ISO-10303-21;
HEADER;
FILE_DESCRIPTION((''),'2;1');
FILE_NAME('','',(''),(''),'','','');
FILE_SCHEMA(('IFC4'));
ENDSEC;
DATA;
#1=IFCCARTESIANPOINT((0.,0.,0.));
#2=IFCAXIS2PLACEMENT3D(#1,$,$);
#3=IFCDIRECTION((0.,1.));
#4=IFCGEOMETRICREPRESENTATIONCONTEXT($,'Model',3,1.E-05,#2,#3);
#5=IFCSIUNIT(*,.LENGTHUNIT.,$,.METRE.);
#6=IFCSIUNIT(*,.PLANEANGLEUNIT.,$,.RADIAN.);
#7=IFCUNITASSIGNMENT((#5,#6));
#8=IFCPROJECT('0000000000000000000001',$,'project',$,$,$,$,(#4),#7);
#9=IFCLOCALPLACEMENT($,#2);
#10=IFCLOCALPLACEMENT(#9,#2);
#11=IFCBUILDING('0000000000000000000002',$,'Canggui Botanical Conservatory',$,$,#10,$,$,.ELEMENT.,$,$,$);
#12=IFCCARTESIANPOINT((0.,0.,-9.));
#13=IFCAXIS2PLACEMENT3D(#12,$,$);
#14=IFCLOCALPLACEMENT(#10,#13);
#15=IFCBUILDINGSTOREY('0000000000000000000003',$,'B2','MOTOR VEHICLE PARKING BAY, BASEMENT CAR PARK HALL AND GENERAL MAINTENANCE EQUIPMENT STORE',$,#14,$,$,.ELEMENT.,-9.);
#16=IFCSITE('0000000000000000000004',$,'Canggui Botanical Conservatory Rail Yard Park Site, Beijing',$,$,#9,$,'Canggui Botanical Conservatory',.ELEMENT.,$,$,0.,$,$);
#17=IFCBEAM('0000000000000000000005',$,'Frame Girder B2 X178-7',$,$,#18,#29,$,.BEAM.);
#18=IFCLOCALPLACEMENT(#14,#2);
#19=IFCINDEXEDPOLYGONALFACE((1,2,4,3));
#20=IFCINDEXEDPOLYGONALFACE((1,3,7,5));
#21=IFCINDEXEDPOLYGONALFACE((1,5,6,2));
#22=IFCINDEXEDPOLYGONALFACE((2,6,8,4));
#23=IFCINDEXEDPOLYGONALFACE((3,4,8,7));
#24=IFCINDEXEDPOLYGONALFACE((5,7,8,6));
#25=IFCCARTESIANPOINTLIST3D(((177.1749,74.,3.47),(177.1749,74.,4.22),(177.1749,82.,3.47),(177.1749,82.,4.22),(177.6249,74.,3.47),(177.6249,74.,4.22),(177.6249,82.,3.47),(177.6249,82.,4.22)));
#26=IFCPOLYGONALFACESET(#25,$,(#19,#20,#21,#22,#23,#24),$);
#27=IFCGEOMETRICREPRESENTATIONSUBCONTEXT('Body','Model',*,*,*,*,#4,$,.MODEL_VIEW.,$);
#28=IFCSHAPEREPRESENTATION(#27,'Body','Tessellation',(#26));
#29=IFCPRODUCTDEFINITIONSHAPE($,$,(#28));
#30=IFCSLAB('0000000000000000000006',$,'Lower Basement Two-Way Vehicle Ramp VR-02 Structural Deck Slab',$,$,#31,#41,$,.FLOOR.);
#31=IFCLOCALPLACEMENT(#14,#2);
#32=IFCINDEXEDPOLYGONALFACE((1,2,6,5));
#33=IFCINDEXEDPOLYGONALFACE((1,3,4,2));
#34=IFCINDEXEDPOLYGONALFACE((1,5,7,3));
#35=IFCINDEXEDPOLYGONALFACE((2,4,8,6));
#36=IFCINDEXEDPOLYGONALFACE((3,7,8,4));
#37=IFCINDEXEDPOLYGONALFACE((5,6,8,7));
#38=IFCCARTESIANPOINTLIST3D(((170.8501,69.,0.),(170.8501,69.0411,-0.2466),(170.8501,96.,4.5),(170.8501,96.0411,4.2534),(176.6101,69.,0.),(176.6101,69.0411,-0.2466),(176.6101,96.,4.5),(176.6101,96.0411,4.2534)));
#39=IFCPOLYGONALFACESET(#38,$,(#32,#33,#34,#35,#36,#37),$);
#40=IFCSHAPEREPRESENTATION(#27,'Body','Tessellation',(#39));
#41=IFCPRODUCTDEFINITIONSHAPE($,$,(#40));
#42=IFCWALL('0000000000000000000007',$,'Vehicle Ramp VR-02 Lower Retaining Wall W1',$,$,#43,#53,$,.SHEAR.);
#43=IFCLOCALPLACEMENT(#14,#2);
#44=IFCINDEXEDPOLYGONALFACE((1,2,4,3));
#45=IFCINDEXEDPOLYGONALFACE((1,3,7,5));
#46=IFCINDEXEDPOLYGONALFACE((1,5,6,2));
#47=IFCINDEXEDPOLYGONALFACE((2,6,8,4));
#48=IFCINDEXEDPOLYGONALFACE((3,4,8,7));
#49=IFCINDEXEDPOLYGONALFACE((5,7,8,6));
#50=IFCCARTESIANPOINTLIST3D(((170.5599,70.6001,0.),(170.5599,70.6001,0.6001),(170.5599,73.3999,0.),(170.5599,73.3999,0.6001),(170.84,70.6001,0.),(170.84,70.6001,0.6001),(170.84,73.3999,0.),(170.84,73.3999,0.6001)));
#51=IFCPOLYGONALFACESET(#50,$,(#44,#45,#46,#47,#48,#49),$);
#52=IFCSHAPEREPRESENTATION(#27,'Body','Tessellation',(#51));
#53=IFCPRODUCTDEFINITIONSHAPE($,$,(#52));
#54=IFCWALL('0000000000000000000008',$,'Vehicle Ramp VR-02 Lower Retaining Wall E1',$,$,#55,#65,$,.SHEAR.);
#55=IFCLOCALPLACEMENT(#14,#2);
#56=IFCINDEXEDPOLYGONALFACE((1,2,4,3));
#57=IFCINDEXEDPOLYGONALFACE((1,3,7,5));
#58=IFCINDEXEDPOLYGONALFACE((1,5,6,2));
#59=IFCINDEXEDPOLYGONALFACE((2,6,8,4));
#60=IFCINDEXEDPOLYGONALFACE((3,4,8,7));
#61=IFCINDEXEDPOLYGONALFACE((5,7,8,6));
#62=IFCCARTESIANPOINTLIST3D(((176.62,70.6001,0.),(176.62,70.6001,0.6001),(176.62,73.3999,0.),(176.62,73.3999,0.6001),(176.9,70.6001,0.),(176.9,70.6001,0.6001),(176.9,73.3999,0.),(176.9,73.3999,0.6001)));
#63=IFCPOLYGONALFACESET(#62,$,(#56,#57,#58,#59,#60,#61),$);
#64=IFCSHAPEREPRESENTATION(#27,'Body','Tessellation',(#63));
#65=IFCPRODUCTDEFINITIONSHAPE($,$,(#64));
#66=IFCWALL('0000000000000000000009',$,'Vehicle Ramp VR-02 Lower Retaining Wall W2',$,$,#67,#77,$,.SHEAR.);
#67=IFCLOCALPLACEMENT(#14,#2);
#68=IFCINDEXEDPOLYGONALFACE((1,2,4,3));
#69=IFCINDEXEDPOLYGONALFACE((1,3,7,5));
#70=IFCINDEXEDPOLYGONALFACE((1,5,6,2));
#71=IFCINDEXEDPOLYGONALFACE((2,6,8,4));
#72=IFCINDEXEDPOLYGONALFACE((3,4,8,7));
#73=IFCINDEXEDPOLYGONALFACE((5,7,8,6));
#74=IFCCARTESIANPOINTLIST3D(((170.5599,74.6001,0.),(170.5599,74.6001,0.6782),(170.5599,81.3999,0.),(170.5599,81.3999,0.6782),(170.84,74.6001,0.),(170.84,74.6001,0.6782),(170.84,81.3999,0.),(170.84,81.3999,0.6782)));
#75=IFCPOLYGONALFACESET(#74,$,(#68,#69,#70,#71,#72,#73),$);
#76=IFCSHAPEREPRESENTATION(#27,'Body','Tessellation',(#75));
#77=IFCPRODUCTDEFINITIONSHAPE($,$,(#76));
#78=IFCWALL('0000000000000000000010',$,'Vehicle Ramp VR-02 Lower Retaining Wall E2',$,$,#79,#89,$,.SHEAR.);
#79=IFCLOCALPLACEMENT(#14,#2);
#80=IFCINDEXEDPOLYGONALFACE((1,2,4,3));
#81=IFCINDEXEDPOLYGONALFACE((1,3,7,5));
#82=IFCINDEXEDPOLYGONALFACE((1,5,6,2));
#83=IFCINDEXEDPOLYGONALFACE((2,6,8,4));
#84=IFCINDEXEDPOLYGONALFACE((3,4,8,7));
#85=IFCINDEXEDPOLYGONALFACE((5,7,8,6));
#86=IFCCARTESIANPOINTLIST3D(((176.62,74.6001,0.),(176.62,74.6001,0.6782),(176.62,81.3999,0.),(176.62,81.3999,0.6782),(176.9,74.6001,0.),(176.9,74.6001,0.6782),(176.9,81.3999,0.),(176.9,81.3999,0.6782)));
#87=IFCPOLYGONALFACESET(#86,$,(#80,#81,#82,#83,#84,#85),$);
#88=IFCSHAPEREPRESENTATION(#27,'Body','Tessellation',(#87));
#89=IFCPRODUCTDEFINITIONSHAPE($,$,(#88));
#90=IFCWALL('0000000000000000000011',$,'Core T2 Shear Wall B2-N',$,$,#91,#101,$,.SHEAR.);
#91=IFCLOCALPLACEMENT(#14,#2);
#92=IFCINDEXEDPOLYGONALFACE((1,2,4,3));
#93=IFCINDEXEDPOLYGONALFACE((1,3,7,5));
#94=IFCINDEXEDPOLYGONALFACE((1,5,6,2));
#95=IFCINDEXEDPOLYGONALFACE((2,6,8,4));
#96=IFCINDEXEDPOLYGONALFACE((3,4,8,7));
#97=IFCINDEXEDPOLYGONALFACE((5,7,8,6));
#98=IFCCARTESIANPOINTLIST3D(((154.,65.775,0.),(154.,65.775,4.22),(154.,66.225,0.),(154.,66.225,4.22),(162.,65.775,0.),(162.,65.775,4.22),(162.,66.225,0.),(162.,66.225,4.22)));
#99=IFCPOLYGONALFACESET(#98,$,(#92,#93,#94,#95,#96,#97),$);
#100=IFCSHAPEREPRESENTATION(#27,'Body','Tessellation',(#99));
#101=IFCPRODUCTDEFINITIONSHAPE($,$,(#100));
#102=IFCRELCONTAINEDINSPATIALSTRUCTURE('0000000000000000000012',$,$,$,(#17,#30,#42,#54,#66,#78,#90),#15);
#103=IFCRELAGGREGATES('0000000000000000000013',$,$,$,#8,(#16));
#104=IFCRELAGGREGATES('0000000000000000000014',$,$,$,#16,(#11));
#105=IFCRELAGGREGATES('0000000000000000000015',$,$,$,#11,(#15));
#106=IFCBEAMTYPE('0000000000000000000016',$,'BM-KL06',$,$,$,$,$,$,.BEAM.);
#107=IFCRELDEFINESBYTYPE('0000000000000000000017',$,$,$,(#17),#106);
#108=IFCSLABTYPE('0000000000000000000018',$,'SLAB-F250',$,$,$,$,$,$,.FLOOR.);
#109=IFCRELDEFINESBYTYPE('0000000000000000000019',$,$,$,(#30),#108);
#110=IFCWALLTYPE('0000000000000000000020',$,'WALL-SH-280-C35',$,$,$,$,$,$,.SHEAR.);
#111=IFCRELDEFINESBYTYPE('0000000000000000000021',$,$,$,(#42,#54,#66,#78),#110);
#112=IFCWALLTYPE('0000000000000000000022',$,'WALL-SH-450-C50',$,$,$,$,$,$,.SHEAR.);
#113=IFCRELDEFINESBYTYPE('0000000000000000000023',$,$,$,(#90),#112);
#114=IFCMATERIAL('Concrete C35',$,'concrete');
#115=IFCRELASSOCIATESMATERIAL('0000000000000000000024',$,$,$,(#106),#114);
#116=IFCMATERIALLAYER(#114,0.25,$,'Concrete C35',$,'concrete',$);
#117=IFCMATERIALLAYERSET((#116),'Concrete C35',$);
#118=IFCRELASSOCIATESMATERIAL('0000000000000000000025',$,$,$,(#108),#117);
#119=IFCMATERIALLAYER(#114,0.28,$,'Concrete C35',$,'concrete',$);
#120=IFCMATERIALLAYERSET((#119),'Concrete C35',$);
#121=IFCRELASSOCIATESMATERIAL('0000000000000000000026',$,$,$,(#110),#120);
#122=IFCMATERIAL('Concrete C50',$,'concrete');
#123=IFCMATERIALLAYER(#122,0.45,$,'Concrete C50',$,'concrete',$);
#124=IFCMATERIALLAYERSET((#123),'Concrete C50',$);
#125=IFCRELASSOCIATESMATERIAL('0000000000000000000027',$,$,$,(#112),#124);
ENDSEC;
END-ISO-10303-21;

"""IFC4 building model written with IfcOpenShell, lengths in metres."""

from ifc_helpers import new_model, si_unit, direction, frame, frame_2d, origin, origin_2d, place, context, subcontext, project, spatial, polyline, rectangle, outline, extrude, material, layer, layer_set, material_profile, profile_set, type_object, element, save


model = new_model("IFC4")

# Units and contexts
model_context = context("Model", 3, precision=1e-05, world=origin(), true_north=direction((0.0, 1.0)))
body_context = subcontext(model_context, "Body", "Model", "MODEL_VIEW")
ifc_project = project(units=[si_unit("LENGTHUNIT", "METRE"), si_unit("PLANEANGLEUNIT", "RADIAN")], contexts=[model_context])

# Site, building, storey
site_placement = place(None, origin())
site = spatial("IfcSite", under=ifc_project, at=site_placement, Name="Canggui Botanical Conservatory Rail Yard Park Site, Beijing", LongName="Canggui Botanical Conservatory", CompositionType="ELEMENT", RefElevation=0.0)
building_placement = place(site_placement, origin())
building = spatial("IfcBuilding", under=site, at=building_placement, Name="Canggui Botanical Conservatory", CompositionType="ELEMENT")
storey_placement = place(building_placement, frame((0.0, 0.0, -9.0)))
storey = spatial("IfcBuildingStorey", under=building, at=storey_placement, Name="B2", Description="MOTOR VEHICLE PARKING BAY, BASEMENT CAR PARK HALL AND GENERAL MAINTENANCE EQUIPMENT STORE", CompositionType="ELEMENT", Elevation=-9.0)

# Shared definitions
ifc_material_1 = material(Name="Concrete C35", Category="concrete")

# Shared definitions
ifc_material_2 = material(Name="Concrete C50", Category="concrete")

# Beam
ifc_material_profile_1 = material_profile(ifc_material_1, rectangle(XDim=0.45, YDim=0.75, at=origin_2d()), Name="RB 450x750")
ifc_profile_set_1 = profile_set([ifc_material_profile_1], Name="Concrete C35")
beam_type_1 = type_object("IfcBeamType", Name="BM-KL06", PredefinedType="BEAM", material=ifc_profile_set_1)
for number, where, z_axis, x_axis, name in (
    (1, (177.3999, 74.0, 3.845), (0.0, 1.0, 0.0), (-1.0, 0.0, 0.0), "Frame Girder B2 X178-7"),
):
    element("IfcBeam", number, at=place(storey_placement, frame(where, z_axis=z_axis, x_axis=x_axis)), inside=storey, type_object=beam_type_1, Name=name, PredefinedType="BEAM", context=body_context, shape_type="SweptSolid", body=[
        extrude(rectangle(XDim=0.45, YDim=0.75, at=origin_2d()), origin(), (0.0, 0.0, 1.0), 8.0),
    ])

# Slab
ifc_layer_1 = layer(ifc_material_1, 0.25, Name="Concrete C35", Category="concrete")
ifc_layer_set_1 = layer_set([ifc_layer_1], Name="Concrete C35")
slab_type = type_object("IfcSlabType", Name="SLAB-F250", PredefinedType="FLOOR", material=ifc_layer_set_1)
slab_placement = place(storey_placement, frame((170.8501, 69.0, 0.0), z_axis=(0.0, -0.164399, 0.986394), x_axis=(1.0, 0.0, 0.0)))
element("IfcSlab", 2, at=slab_placement, inside=storey, type_object=slab_type, Name="Lower Basement Two-Way Vehicle Ramp VR-02 Structural Deck Slab", PredefinedType="FLOOR", context=body_context, shape_type="SweptSolid", body=[
    extrude(outline(polyline([(0.0, 0.0), (5.76, 0.0), (5.76, 27.3724), (0.0, 27.3724), (0.0, 0.0)])), origin(), (0.0, 0.0, -1.0), 0.25),
])

# Walls
ifc_layer_2 = layer(ifc_material_1, 0.28, Name="Concrete C35", Category="concrete")
ifc_layer_set_2 = layer_set([ifc_layer_2], Name="Concrete C35")
wall_type_1 = type_object("IfcWallType", Name="WALL-SH-280-C35", PredefinedType="SHEAR", material=ifc_layer_set_2)
for number, where, z_axis, x_axis, name in (
    (3, (170.7, 70.6001, 0.0), (0.0, 0.0, 1.0), (0.0, 1.0, 0.0), "Vehicle Ramp VR-02 Lower Retaining Wall W1"),
    (4, (176.76, 70.6001, 0.0), (0.0, 0.0, 1.0), (0.0, 1.0, 0.0), "Vehicle Ramp VR-02 Lower Retaining Wall E1"),
):
    element("IfcWall", number, at=place(storey_placement, frame(where, z_axis=z_axis, x_axis=x_axis)), inside=storey, type_object=wall_type_1, Name=name, PredefinedType="SHEAR", context=body_context, shape_type="SweptSolid", body=[
        extrude(rectangle(XDim=2.7998, YDim=0.28, at=frame_2d((1.3999, 0.0))), origin(), (0.0, 0.0, 1.0), 0.6001),
    ])
for number, where, z_axis, x_axis, name in (
    (5, (170.7, 74.6001, 0.0), (0.0, 0.0, 1.0), (0.0, 1.0, 0.0), "Vehicle Ramp VR-02 Lower Retaining Wall W2"),
    (6, (176.76, 74.6001, 0.0), (0.0, 0.0, 1.0), (0.0, 1.0, 0.0), "Vehicle Ramp VR-02 Lower Retaining Wall E2"),
):
    element("IfcWall", number, at=place(storey_placement, frame(where, z_axis=z_axis, x_axis=x_axis)), inside=storey, type_object=wall_type_1, Name=name, PredefinedType="SHEAR", context=body_context, shape_type="SweptSolid", body=[
        extrude(rectangle(XDim=6.7998, YDim=0.28, at=frame_2d((3.3999, 0.0))), origin(), (0.0, 0.0, 1.0), 0.6782),
    ])
ifc_layer_3 = layer(ifc_material_2, 0.45, Name="Concrete C50", Category="concrete")
ifc_layer_set_3 = layer_set([ifc_layer_3], Name="Concrete C50")
wall_type_2 = type_object("IfcWallType", Name="WALL-SH-450-C50", PredefinedType="SHEAR", material=ifc_layer_set_3)
wall_placement = place(storey_placement, frame((162.0, 66.0, 0.0), z_axis=(0.0, 0.0, 1.0), x_axis=(-1.0, 0.0, 0.0)))
element("IfcWall", 7, at=wall_placement, inside=storey, type_object=wall_type_2, Name="Core T2 Shear Wall B2-N", PredefinedType="SHEAR", context=body_context, shape_type="SweptSolid", body=[
    extrude(rectangle(XDim=8.0, YDim=0.45, at=frame_2d((4.0, 0.0))), origin(), (0.0, 0.0, 1.0), 4.22),
])

save(model, "model.ifc")
